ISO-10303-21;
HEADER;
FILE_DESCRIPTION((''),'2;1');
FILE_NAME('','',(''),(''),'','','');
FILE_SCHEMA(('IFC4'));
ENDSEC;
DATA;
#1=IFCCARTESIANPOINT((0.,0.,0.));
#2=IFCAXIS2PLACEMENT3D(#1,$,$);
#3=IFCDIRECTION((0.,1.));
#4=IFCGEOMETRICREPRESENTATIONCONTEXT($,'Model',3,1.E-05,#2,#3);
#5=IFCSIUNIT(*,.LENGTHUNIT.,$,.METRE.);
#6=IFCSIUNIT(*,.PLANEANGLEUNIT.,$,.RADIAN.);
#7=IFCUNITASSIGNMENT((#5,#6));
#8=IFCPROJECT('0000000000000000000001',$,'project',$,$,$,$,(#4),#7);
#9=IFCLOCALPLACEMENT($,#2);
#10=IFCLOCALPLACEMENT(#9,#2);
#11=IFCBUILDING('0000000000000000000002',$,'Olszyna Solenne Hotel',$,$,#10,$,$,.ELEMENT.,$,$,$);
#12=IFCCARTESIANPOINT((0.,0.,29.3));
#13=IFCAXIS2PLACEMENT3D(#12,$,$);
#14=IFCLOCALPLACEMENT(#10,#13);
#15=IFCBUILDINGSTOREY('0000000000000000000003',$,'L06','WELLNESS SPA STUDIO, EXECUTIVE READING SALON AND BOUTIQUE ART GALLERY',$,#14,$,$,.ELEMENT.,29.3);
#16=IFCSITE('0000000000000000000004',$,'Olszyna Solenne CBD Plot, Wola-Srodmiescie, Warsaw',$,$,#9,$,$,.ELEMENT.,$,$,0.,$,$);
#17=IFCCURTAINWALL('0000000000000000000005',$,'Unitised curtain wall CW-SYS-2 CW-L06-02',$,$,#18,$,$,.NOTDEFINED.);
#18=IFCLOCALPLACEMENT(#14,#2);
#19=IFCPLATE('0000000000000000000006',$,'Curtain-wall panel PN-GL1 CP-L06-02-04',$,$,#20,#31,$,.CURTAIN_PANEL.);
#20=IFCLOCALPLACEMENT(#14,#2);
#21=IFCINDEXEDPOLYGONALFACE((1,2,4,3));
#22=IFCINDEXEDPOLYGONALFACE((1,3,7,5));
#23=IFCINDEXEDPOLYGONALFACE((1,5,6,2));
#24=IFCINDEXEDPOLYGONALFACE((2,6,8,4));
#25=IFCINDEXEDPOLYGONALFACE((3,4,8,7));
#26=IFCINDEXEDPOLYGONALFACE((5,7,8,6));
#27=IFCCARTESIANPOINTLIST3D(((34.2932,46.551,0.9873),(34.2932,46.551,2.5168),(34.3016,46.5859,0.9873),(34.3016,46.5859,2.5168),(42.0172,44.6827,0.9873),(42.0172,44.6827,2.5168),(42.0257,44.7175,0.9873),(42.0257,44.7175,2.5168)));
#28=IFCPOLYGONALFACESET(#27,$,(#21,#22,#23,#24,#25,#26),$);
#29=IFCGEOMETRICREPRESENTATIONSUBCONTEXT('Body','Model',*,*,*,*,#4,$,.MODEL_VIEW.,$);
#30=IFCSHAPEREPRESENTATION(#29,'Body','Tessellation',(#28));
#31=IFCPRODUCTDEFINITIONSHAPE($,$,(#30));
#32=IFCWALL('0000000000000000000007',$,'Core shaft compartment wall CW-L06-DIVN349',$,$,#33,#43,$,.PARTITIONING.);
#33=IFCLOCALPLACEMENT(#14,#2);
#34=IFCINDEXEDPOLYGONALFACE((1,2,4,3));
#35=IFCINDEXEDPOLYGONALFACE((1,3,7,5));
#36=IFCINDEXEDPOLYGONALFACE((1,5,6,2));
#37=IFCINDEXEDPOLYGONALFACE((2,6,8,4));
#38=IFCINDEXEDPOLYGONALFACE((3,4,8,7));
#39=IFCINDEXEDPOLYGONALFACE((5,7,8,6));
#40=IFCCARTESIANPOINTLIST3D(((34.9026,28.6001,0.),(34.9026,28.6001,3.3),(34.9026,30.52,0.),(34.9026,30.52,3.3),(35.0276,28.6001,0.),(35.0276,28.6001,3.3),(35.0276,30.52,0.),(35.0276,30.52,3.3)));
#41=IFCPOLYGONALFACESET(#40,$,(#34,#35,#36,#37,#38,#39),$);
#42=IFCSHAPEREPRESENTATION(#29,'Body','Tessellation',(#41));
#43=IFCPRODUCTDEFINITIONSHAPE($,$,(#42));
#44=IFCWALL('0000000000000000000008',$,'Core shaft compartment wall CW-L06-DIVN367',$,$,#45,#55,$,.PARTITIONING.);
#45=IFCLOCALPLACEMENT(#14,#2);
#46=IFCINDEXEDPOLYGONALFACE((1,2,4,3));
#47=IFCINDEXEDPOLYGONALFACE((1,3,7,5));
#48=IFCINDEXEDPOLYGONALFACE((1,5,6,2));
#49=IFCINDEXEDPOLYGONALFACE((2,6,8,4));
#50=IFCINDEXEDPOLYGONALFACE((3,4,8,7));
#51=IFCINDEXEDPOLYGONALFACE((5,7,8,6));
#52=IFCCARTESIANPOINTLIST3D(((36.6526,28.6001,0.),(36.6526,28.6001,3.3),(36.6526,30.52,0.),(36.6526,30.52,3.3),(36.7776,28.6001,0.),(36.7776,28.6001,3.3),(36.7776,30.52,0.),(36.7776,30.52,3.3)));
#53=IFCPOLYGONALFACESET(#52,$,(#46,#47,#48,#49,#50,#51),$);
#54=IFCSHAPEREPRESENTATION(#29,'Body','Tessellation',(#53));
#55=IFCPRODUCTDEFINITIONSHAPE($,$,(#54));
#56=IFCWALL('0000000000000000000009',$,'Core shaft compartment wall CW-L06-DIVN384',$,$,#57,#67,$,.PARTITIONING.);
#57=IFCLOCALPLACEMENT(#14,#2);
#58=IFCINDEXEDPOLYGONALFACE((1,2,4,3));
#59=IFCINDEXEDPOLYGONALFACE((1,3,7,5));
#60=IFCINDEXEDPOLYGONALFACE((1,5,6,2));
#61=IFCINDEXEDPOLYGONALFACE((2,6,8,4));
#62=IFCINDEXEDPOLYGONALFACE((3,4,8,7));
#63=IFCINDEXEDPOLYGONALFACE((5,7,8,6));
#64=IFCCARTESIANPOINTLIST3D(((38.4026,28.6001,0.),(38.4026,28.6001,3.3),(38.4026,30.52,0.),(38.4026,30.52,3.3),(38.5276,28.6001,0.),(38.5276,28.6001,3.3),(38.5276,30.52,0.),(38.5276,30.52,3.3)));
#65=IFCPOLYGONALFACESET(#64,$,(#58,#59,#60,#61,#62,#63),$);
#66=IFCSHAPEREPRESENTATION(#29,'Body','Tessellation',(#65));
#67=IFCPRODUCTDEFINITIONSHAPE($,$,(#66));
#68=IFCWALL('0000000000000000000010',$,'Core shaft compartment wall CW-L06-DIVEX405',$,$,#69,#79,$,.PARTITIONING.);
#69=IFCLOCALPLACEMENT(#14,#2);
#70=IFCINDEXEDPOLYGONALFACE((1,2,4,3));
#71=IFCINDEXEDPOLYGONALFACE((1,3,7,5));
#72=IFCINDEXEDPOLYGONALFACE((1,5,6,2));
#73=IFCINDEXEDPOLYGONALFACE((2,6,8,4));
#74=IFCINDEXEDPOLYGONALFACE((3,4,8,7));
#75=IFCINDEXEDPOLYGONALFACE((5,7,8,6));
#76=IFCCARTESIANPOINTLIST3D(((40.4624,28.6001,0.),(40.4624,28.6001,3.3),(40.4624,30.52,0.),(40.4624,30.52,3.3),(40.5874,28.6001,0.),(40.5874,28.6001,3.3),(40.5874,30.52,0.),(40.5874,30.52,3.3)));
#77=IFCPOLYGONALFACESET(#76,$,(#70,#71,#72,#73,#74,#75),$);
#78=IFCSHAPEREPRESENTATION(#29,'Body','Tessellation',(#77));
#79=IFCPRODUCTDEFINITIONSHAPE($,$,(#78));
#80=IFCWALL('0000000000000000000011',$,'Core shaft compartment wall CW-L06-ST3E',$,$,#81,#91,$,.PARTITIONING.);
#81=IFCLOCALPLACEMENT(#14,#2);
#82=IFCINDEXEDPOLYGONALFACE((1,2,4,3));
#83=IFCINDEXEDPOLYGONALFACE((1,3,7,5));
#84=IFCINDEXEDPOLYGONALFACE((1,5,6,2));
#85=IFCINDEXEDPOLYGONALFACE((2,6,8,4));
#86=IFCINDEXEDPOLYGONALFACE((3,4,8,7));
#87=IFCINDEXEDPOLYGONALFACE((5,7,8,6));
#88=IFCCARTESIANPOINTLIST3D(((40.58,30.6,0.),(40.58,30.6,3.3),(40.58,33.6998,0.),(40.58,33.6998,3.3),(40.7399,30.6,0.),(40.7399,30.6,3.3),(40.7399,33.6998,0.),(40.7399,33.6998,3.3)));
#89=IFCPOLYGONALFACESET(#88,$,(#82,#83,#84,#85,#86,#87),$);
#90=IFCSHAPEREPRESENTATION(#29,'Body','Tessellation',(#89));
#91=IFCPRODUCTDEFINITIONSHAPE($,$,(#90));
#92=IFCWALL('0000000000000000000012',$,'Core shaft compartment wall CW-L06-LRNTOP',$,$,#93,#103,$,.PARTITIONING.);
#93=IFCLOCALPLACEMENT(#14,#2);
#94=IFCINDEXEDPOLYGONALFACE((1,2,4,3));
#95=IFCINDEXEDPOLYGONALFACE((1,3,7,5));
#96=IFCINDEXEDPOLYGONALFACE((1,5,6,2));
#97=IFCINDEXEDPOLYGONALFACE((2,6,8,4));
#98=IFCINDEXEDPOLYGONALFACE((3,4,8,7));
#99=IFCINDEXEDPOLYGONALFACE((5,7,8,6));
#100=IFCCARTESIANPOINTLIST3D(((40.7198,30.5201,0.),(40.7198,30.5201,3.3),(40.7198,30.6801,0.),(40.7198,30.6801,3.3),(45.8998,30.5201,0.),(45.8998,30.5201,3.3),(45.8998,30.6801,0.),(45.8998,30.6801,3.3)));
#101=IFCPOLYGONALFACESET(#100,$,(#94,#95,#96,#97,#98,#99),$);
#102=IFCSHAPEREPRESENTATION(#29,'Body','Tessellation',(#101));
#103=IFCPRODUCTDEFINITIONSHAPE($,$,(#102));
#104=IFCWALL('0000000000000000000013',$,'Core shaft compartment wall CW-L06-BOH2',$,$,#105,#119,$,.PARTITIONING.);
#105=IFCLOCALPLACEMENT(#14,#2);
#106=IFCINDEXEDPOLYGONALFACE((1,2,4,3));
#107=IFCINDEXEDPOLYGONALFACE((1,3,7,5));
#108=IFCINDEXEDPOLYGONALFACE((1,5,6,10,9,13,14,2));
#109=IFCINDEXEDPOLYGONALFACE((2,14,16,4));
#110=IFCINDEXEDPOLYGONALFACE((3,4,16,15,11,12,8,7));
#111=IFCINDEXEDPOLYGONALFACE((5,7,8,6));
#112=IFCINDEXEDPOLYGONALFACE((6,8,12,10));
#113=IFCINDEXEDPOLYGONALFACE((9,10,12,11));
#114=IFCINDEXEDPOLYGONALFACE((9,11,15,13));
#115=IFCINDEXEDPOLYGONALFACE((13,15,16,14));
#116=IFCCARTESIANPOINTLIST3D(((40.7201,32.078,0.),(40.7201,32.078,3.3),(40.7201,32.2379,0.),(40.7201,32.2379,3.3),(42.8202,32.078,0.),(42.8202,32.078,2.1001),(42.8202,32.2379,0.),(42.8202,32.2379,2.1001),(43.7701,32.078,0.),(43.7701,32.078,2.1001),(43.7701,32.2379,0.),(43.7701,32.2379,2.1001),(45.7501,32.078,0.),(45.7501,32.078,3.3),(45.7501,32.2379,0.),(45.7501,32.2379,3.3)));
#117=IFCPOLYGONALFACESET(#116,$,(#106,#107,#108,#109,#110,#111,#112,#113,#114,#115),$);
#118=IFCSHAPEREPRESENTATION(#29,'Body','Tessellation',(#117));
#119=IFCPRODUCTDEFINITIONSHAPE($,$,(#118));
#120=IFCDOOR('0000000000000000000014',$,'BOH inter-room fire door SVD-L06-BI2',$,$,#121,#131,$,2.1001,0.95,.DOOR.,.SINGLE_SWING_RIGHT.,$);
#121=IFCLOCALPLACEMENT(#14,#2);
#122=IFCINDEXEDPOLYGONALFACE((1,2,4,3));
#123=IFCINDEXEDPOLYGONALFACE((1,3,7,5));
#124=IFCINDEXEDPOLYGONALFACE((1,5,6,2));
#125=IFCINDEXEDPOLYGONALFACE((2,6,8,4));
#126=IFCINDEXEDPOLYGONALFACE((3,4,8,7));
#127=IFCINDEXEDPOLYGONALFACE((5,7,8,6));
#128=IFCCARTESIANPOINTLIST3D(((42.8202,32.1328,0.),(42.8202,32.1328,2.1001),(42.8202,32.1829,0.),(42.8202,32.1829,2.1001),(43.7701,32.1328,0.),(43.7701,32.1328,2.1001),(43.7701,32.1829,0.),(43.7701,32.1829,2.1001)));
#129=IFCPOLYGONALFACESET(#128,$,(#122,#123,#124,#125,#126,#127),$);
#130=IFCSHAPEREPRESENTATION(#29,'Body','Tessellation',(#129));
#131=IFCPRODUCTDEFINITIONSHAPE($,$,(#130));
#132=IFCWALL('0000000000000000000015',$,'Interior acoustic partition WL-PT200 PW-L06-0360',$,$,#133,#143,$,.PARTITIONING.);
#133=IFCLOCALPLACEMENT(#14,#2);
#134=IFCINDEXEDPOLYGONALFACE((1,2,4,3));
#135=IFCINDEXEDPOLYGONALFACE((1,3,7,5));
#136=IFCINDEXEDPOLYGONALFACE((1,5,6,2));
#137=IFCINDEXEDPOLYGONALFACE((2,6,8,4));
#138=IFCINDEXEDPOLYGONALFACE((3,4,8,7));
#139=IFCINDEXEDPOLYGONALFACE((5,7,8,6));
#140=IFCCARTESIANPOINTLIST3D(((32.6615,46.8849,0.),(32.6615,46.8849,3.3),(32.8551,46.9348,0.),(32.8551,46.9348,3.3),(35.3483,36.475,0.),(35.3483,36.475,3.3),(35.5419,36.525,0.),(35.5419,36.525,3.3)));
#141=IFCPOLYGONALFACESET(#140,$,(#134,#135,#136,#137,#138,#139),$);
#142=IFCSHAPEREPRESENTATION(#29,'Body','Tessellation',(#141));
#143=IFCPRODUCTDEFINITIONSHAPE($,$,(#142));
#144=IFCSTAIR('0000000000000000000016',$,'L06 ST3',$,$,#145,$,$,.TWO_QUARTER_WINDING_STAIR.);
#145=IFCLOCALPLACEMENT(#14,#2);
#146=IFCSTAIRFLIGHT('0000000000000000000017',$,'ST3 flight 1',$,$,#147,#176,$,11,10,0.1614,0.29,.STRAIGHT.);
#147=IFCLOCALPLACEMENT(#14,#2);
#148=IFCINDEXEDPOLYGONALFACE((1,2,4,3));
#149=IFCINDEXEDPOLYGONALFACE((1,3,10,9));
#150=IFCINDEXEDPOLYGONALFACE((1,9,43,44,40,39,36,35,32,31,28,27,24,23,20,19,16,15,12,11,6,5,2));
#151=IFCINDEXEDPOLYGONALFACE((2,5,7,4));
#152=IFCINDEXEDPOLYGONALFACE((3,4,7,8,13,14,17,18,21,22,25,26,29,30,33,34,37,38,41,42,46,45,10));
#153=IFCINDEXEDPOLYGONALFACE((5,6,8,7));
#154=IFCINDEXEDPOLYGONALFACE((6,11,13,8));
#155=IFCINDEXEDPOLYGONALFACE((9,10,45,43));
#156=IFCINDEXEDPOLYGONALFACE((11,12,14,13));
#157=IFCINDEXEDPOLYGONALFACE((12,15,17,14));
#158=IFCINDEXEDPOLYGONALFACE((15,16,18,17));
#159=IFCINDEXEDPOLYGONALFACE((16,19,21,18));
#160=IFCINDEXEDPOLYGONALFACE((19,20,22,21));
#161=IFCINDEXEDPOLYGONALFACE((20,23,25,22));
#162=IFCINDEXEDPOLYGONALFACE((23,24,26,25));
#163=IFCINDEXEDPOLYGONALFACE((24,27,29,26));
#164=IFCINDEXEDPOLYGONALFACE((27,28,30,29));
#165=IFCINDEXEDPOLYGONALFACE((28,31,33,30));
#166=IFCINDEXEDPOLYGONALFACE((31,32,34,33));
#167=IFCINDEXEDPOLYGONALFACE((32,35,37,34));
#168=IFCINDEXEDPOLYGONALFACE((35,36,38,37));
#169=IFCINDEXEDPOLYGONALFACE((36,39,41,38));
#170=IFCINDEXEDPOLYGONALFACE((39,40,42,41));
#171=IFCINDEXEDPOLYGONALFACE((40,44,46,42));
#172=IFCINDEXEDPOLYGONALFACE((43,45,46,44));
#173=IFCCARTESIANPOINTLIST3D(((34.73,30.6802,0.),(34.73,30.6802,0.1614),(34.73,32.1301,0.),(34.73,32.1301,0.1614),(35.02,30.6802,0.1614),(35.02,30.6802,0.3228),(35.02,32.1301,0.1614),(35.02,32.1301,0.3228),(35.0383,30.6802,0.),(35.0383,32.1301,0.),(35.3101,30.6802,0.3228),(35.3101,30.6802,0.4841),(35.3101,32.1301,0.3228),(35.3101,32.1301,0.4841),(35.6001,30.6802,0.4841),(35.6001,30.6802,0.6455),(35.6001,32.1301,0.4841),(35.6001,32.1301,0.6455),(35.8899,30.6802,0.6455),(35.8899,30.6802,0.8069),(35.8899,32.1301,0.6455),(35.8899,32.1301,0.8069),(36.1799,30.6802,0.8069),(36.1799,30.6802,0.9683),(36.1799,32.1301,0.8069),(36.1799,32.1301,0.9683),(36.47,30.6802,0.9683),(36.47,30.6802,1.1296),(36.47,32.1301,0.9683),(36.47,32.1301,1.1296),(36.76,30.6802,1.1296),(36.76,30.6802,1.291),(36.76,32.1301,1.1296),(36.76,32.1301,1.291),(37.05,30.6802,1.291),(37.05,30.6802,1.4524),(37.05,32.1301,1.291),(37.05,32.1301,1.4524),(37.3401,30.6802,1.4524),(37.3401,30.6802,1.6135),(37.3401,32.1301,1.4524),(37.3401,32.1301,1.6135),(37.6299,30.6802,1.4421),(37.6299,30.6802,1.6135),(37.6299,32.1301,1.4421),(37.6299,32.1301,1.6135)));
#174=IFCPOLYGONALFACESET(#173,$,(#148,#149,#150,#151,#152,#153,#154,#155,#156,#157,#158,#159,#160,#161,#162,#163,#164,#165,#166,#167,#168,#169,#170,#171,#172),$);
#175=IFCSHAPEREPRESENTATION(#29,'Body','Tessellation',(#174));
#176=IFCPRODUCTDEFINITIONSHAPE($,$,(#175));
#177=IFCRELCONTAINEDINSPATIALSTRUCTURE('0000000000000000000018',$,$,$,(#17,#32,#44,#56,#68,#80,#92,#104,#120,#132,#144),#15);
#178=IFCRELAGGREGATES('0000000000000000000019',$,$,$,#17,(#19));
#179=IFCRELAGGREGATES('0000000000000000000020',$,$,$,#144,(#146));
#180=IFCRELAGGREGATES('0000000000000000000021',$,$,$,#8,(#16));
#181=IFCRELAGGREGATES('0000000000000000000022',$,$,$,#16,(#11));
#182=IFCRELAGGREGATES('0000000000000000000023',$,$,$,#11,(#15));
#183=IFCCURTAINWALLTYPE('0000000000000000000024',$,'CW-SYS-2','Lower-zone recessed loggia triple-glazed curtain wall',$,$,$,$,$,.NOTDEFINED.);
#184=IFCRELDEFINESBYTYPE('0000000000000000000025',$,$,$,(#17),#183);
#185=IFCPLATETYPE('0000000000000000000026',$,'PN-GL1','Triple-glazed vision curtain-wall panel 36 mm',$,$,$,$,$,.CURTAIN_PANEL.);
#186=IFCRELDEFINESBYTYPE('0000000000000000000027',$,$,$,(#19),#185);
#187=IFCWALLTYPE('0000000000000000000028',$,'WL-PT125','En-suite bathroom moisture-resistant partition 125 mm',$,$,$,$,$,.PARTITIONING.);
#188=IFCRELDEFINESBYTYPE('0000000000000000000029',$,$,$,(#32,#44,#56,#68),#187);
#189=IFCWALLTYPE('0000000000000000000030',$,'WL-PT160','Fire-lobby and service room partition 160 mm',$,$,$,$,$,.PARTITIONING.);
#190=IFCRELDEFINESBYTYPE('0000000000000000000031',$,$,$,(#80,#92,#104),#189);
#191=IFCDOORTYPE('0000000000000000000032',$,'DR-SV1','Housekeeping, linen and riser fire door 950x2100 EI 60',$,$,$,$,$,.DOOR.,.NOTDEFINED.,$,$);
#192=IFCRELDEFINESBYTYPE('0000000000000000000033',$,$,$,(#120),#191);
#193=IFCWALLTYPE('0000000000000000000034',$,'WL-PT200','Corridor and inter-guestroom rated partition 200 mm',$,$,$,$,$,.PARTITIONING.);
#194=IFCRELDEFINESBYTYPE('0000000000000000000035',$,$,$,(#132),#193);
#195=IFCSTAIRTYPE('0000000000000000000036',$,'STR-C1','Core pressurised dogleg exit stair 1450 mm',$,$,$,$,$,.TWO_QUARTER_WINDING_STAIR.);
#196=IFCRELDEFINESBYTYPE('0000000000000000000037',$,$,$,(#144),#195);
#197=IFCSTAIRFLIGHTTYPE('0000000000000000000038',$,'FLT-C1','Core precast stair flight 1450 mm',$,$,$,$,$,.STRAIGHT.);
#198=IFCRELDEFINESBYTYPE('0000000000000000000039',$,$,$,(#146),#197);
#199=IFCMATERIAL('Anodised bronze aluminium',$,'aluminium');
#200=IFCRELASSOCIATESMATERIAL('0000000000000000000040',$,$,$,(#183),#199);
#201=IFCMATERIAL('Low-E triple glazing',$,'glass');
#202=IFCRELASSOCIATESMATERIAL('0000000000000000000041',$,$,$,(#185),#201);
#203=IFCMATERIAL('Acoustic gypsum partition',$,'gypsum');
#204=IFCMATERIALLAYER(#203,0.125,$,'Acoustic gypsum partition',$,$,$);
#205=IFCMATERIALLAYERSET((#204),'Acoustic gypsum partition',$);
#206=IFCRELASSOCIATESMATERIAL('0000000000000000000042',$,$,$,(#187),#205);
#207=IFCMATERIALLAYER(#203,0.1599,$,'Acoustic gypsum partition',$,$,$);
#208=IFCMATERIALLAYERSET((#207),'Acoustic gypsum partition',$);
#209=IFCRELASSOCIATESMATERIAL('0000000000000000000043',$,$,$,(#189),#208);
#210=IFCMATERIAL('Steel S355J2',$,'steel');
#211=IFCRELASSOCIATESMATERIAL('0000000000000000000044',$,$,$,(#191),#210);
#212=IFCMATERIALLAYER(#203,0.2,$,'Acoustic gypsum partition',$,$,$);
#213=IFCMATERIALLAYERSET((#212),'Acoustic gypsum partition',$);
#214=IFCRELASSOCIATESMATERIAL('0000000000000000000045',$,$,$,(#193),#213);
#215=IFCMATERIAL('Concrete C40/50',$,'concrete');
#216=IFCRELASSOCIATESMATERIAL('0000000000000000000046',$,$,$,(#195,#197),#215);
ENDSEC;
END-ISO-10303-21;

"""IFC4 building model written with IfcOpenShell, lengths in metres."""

from ifc_helpers import new_model, si_unit, direction, frame, frame_2d, origin, origin_2d, place, context, subcontext, project, spatial, polyline, rectangle, outline, extrude, source, transform, mapped, material, layer, layer_set, type_object, type_shapes, element, fill, aggregate, save


model = new_model("IFC4")

# Units and contexts
model_context = context("Model", 3, precision=1e-05, world=origin(), true_north=direction((0.0, 1.0)))
body_context = subcontext(model_context, "Body", "Model", "MODEL_VIEW")
ifc_project = project(units=[si_unit("LENGTHUNIT", "METRE"), si_unit("PLANEANGLEUNIT", "RADIAN")], contexts=[model_context])

# Site, building, storey
site_placement = place(None, origin())
site = spatial("IfcSite", under=ifc_project, at=site_placement, Name="Olszyna Solenne CBD Plot, Wola-Srodmiescie, Warsaw", CompositionType="ELEMENT", RefElevation=0.0)
building_placement = place(site_placement, origin())
building = spatial("IfcBuilding", under=site, at=building_placement, Name="Olszyna Solenne Hotel", CompositionType="ELEMENT")
storey_placement = place(building_placement, frame((0.0, 0.0, 29.3)))
storey = spatial("IfcBuildingStorey", under=building, at=storey_placement, Name="L06", Description="WELLNESS SPA STUDIO, EXECUTIVE READING SALON AND BOUTIQUE ART GALLERY", CompositionType="ELEMENT", Elevation=29.3)

# Shared definitions
ifc_material_1 = material(Name="Steel S355J2", Category="steel")

# Curtain wall
ifc_material_2 = material(Name="Anodised bronze aluminium", Category="aluminium")
curtain_wall_type = type_object("IfcCurtainWallType", Name="CW-SYS-2", Description="Lower-zone recessed loggia triple-glazed curtain wall", PredefinedType="NOTDEFINED", material=ifc_material_2)
curtain_wall_placement = place(storey_placement, origin())
curtain_wall = element("IfcCurtainWall", 1, at=curtain_wall_placement, inside=storey, type_object=curtain_wall_type, Name="Unitised curtain wall CW-SYS-2 CW-L06-02", PredefinedType="NOTDEFINED")

# Plate
ifc_material_3 = material(Name="Low-E triple glazing", Category="glass")
plate_type_1 = type_object("IfcPlateType", Name="PN-GL1", Description="Triple-glazed vision curtain-wall panel 36 mm", PredefinedType="CURTAIN_PANEL", material=ifc_material_3)
shared_shape_1 = source(origin(), body_context, "Body", "SweptSolid", [
    extrude(rectangle(XDim=7.9468, YDim=0.0359, at=origin_2d()), origin(), (0.0, 0.0, 1.0), 1.5295),
])
plate_1_placement = place(storey_placement, frame((38.1594, 45.6343, 0.9873), z_axis=(0.0, 0.0, 1.0), x_axis=(0.971969, -0.235108, 0.0)))
plate_1 = element("IfcPlate", 2, at=plate_1_placement, type_object=plate_type_1, Name="Curtain-wall panel PN-GL1 CP-L06-02-04", PredefinedType="CURTAIN_PANEL", context=body_context, shape_type="MappedRepresentation", body=[
    mapped(shared_shape_1, transform((0.0, 0.0, 0.0), x_axis=(1.0, 0.0, 0.0), y_axis=(0.0, 1.0, 0.0), z_axis=(0.0, 0.0, 1.0), scale=1.0)),
])
aggregate(curtain_wall, [plate_1])

# Walls
ifc_material_4 = material(Name="Acoustic gypsum partition", Category="gypsum")
ifc_layer_1 = layer(ifc_material_4, 0.125, Name="Acoustic gypsum partition")
ifc_layer_set_1 = layer_set([ifc_layer_1], Name="Acoustic gypsum partition")
wall_type_1 = type_object("IfcWallType", Name="WL-PT125", Description="En-suite bathroom moisture-resistant partition 125 mm", PredefinedType="PARTITIONING", material=ifc_layer_set_1)
for number, where, z_axis, x_axis, name in (
    (3, (34.9651, 28.6001, 0.0), (0.0, 0.0, 1.0), (0.0, 1.0, 0.0), "Core shaft compartment wall CW-L06-DIVN349"),
    (4, (36.7151, 28.6001, 0.0), (0.0, 0.0, 1.0), (0.0, 1.0, 0.0), "Core shaft compartment wall CW-L06-DIVN367"),
    (5, (38.4651, 28.6001, 0.0), (0.0, 0.0, 1.0), (0.0, 1.0, 0.0), "Core shaft compartment wall CW-L06-DIVN384"),
    (6, (40.5249, 28.6001, 0.0), (0.0, 0.0, 1.0), (0.0, 1.0, 0.0), "Core shaft compartment wall CW-L06-DIVEX405"),
):
    element("IfcWall", number, at=place(storey_placement, frame(where, z_axis=z_axis, x_axis=x_axis)), inside=storey, type_object=wall_type_1, Name=name, PredefinedType="PARTITIONING", context=body_context, shape_type="SweptSolid", body=[
        extrude(rectangle(XDim=1.9199, YDim=0.125, at=frame_2d((0.96, 0.0))), origin(), (0.0, 0.0, 1.0), 3.3),
    ])
ifc_layer_2 = layer(ifc_material_4, 0.1599, Name="Acoustic gypsum partition")
ifc_layer_set_2 = layer_set([ifc_layer_2], Name="Acoustic gypsum partition")
wall_type_2 = type_object("IfcWallType", Name="WL-PT160", Description="Fire-lobby and service room partition 160 mm", PredefinedType="PARTITIONING", material=ifc_layer_set_2)
wall_1_placement = place(storey_placement, frame((40.6599, 30.6001, 0.0), z_axis=(0.0, 0.0, 1.0), x_axis=(0.0, 1.0, 0.0)))
element("IfcWall", 7, at=wall_1_placement, inside=storey, type_object=wall_type_2, Name="Core shaft compartment wall CW-L06-ST3E", PredefinedType="PARTITIONING", context=body_context, shape_type="SweptSolid", body=[
    extrude(rectangle(XDim=3.0999, YDim=0.1599, at=frame_2d((1.5498, 0.0))), origin(), (0.0, 0.0, 1.0), 3.3),
])
wall_2_placement = place(storey_placement, frame((40.72, 30.6001, 0.0), z_axis=(0.0, 0.0, 1.0), x_axis=(1.0, 0.0, 0.0)))
element("IfcWall", 8, at=wall_2_placement, inside=storey, type_object=wall_type_2, Name="Core shaft compartment wall CW-L06-LRNTOP", PredefinedType="PARTITIONING", context=body_context, shape_type="SweptSolid", body=[
    extrude(rectangle(XDim=5.1799, YDim=0.1599, at=frame_2d((2.5898, 0.0))), origin(), (0.0, 0.0, 1.0), 3.3),
])

# Wall, opening, door
wall_3_placement = place(storey_placement, frame((40.72, 32.158, 0.0), z_axis=(0.0, 0.0, 1.0), x_axis=(1.0, 0.0, 0.0)))
wall_3 = element("IfcWall", 9, at=wall_3_placement, inside=storey, type_object=wall_type_2, Name="Core shaft compartment wall CW-L06-BOH2", PredefinedType="PARTITIONING", context=body_context, shape_type="SweptSolid", body=[
    extrude(rectangle(XDim=5.03, YDim=0.1599, at=frame_2d((2.5151, 0.0))), origin(), (0.0, 0.0, 1.0), 3.3),
])
opening_placement = place(wall_3_placement, frame((2.1001, 0.0, 0.0)))
opening = element("IfcOpeningElement", 10, at=opening_placement, cuts=wall_3, PredefinedType="OPENING", context=body_context, shape_type="SweptSolid", body=[
    extrude(rectangle(XDim=0.95, YDim=2.1001, at=frame_2d((0.4751, 1.05))), frame((0.0, 0.0898, 0.0), z_axis=(0.0, -1.0, 0.0), x_axis=(1.0, 0.0, 0.0)), (0.0, 0.0, 1.0), 0.1799),
])
door_type = type_object("IfcDoorType", Name="DR-SV1", Description="Housekeeping, linen and riser fire door 950x2100 EI 60", OperationType="NOTDEFINED", PredefinedType="DOOR", material=ifc_material_1)
shared_shape_2 = source(origin(), body_context, "Body", "SweptSolid", [
    extrude(rectangle(XDim=0.95, YDim=2.1001, at=frame_2d((0.4751, 1.05))), frame((0.0, 0.0249, 0.0), z_axis=(0.0, -1.0, 0.0), x_axis=(1.0, 0.0, 0.0)), (0.0, 0.0, 1.0), 0.05),
])
type_shapes(door_type, [shared_shape_2])
door_placement = place(opening_placement, origin())
door = element("IfcDoor", 11, at=door_placement, inside=storey, type_object=door_type, Name="BOH inter-room fire door SVD-L06-BI2", OperationType="SINGLE_SWING_RIGHT", OverallHeight=2.1001, OverallWidth=0.95, PredefinedType="DOOR", context=body_context, shape_type="MappedRepresentation", body=[
    mapped(shared_shape_2, transform((0.0, 0.0, 0.0), x_axis=(1.0, 0.0, 0.0), y_axis=(0.0, 1.0, 0.0), z_axis=(0.0, 0.0, 1.0), scale=1.0)),
])
fill(opening, door)

# Wall
ifc_layer_3 = layer(ifc_material_4, 0.2, Name="Acoustic gypsum partition")
ifc_layer_set_3 = layer_set([ifc_layer_3], Name="Acoustic gypsum partition")
wall_type_3 = type_object("IfcWallType", Name="WL-PT200", Description="Corridor and inter-guestroom rated partition 200 mm", PredefinedType="PARTITIONING", material=ifc_layer_set_3)
wall_4_placement = place(storey_placement, frame((35.4451, 36.5, 0.0), z_axis=(0.0, 0.0, 1.0), x_axis=(-0.249908, 0.96827, 0.0)))
element("IfcWall", 12, at=wall_4_placement, inside=storey, type_object=wall_type_3, Name="Interior acoustic partition WL-PT200 PW-L06-0360", PredefinedType="PARTITIONING", context=body_context, shape_type="SweptSolid", body=[
    extrude(rectangle(XDim=10.751, YDim=0.2, at=frame_2d((5.3755, 0.0))), origin(), (0.0, 0.0, 1.0), 3.3),
])

# Stair, stair flight
ifc_material_5 = material(Name="Concrete C40/50", Category="concrete")
stair_type = type_object("IfcStairType", Name="STR-C1", Description="Core pressurised dogleg exit stair 1450 mm", PredefinedType="TWO_QUARTER_WINDING_STAIR", material=ifc_material_5)
stair_placement = place(storey_placement, origin())
stair = element("IfcStair", 13, at=stair_placement, inside=storey, type_object=stair_type, Name="L06 ST3", PredefinedType="TWO_QUARTER_WINDING_STAIR")
stair_flight_type = type_object("IfcStairFlightType", Name="FLT-C1", Description="Core precast stair flight 1450 mm", PredefinedType="STRAIGHT", material=ifc_material_5)
stair_flight_1_placement = place(storey_placement, frame((34.73, 31.405, 0.0), z_axis=(0.0, 0.0, 1.0), x_axis=(1.0, 0.0, 0.0)))
stair_flight_1 = element("IfcStairFlight", 14, at=stair_flight_1_placement, type_object=stair_flight_type, Name="ST3 flight 1", NumberOfRisers=11, NumberOfTreads=10, PredefinedType="STRAIGHT", RiserHeight=0.1614, TreadLength=0.29, context=body_context, shape_type="SweptSolid", body=[
    extrude(outline(polyline([(0.0, 0.0), (0.0, 0.1614), (0.29, 0.1614), (0.29, 0.3228), (0.5801, 0.3228), (0.5801, 0.4841), (0.8701, 0.4841), (0.8701, 0.6455), (1.1599, 0.6455), (1.1599, 0.8069), (1.45, 0.8069), (1.45, 0.9683), (1.74, 0.9683), (1.74, 1.1296), (2.03, 1.1296), (2.03, 1.291), (2.3201, 1.291), (2.3201, 1.4524), (2.6101, 1.4524), (2.6101, 1.6135), (2.8999, 1.6135), (2.8999, 1.7749), (2.8999, 1.4421), (0.3083, 0.0), (0.0, 0.0)])), frame((0.0, 0.7251, 0.0), z_axis=(0.0, -1.0, 0.0), x_axis=(1.0, 0.0, 0.0)), (0.0, 0.0, 1.0), 1.45),
])
aggregate(stair, [stair_flight_1])

save(model, "model.ifc")
